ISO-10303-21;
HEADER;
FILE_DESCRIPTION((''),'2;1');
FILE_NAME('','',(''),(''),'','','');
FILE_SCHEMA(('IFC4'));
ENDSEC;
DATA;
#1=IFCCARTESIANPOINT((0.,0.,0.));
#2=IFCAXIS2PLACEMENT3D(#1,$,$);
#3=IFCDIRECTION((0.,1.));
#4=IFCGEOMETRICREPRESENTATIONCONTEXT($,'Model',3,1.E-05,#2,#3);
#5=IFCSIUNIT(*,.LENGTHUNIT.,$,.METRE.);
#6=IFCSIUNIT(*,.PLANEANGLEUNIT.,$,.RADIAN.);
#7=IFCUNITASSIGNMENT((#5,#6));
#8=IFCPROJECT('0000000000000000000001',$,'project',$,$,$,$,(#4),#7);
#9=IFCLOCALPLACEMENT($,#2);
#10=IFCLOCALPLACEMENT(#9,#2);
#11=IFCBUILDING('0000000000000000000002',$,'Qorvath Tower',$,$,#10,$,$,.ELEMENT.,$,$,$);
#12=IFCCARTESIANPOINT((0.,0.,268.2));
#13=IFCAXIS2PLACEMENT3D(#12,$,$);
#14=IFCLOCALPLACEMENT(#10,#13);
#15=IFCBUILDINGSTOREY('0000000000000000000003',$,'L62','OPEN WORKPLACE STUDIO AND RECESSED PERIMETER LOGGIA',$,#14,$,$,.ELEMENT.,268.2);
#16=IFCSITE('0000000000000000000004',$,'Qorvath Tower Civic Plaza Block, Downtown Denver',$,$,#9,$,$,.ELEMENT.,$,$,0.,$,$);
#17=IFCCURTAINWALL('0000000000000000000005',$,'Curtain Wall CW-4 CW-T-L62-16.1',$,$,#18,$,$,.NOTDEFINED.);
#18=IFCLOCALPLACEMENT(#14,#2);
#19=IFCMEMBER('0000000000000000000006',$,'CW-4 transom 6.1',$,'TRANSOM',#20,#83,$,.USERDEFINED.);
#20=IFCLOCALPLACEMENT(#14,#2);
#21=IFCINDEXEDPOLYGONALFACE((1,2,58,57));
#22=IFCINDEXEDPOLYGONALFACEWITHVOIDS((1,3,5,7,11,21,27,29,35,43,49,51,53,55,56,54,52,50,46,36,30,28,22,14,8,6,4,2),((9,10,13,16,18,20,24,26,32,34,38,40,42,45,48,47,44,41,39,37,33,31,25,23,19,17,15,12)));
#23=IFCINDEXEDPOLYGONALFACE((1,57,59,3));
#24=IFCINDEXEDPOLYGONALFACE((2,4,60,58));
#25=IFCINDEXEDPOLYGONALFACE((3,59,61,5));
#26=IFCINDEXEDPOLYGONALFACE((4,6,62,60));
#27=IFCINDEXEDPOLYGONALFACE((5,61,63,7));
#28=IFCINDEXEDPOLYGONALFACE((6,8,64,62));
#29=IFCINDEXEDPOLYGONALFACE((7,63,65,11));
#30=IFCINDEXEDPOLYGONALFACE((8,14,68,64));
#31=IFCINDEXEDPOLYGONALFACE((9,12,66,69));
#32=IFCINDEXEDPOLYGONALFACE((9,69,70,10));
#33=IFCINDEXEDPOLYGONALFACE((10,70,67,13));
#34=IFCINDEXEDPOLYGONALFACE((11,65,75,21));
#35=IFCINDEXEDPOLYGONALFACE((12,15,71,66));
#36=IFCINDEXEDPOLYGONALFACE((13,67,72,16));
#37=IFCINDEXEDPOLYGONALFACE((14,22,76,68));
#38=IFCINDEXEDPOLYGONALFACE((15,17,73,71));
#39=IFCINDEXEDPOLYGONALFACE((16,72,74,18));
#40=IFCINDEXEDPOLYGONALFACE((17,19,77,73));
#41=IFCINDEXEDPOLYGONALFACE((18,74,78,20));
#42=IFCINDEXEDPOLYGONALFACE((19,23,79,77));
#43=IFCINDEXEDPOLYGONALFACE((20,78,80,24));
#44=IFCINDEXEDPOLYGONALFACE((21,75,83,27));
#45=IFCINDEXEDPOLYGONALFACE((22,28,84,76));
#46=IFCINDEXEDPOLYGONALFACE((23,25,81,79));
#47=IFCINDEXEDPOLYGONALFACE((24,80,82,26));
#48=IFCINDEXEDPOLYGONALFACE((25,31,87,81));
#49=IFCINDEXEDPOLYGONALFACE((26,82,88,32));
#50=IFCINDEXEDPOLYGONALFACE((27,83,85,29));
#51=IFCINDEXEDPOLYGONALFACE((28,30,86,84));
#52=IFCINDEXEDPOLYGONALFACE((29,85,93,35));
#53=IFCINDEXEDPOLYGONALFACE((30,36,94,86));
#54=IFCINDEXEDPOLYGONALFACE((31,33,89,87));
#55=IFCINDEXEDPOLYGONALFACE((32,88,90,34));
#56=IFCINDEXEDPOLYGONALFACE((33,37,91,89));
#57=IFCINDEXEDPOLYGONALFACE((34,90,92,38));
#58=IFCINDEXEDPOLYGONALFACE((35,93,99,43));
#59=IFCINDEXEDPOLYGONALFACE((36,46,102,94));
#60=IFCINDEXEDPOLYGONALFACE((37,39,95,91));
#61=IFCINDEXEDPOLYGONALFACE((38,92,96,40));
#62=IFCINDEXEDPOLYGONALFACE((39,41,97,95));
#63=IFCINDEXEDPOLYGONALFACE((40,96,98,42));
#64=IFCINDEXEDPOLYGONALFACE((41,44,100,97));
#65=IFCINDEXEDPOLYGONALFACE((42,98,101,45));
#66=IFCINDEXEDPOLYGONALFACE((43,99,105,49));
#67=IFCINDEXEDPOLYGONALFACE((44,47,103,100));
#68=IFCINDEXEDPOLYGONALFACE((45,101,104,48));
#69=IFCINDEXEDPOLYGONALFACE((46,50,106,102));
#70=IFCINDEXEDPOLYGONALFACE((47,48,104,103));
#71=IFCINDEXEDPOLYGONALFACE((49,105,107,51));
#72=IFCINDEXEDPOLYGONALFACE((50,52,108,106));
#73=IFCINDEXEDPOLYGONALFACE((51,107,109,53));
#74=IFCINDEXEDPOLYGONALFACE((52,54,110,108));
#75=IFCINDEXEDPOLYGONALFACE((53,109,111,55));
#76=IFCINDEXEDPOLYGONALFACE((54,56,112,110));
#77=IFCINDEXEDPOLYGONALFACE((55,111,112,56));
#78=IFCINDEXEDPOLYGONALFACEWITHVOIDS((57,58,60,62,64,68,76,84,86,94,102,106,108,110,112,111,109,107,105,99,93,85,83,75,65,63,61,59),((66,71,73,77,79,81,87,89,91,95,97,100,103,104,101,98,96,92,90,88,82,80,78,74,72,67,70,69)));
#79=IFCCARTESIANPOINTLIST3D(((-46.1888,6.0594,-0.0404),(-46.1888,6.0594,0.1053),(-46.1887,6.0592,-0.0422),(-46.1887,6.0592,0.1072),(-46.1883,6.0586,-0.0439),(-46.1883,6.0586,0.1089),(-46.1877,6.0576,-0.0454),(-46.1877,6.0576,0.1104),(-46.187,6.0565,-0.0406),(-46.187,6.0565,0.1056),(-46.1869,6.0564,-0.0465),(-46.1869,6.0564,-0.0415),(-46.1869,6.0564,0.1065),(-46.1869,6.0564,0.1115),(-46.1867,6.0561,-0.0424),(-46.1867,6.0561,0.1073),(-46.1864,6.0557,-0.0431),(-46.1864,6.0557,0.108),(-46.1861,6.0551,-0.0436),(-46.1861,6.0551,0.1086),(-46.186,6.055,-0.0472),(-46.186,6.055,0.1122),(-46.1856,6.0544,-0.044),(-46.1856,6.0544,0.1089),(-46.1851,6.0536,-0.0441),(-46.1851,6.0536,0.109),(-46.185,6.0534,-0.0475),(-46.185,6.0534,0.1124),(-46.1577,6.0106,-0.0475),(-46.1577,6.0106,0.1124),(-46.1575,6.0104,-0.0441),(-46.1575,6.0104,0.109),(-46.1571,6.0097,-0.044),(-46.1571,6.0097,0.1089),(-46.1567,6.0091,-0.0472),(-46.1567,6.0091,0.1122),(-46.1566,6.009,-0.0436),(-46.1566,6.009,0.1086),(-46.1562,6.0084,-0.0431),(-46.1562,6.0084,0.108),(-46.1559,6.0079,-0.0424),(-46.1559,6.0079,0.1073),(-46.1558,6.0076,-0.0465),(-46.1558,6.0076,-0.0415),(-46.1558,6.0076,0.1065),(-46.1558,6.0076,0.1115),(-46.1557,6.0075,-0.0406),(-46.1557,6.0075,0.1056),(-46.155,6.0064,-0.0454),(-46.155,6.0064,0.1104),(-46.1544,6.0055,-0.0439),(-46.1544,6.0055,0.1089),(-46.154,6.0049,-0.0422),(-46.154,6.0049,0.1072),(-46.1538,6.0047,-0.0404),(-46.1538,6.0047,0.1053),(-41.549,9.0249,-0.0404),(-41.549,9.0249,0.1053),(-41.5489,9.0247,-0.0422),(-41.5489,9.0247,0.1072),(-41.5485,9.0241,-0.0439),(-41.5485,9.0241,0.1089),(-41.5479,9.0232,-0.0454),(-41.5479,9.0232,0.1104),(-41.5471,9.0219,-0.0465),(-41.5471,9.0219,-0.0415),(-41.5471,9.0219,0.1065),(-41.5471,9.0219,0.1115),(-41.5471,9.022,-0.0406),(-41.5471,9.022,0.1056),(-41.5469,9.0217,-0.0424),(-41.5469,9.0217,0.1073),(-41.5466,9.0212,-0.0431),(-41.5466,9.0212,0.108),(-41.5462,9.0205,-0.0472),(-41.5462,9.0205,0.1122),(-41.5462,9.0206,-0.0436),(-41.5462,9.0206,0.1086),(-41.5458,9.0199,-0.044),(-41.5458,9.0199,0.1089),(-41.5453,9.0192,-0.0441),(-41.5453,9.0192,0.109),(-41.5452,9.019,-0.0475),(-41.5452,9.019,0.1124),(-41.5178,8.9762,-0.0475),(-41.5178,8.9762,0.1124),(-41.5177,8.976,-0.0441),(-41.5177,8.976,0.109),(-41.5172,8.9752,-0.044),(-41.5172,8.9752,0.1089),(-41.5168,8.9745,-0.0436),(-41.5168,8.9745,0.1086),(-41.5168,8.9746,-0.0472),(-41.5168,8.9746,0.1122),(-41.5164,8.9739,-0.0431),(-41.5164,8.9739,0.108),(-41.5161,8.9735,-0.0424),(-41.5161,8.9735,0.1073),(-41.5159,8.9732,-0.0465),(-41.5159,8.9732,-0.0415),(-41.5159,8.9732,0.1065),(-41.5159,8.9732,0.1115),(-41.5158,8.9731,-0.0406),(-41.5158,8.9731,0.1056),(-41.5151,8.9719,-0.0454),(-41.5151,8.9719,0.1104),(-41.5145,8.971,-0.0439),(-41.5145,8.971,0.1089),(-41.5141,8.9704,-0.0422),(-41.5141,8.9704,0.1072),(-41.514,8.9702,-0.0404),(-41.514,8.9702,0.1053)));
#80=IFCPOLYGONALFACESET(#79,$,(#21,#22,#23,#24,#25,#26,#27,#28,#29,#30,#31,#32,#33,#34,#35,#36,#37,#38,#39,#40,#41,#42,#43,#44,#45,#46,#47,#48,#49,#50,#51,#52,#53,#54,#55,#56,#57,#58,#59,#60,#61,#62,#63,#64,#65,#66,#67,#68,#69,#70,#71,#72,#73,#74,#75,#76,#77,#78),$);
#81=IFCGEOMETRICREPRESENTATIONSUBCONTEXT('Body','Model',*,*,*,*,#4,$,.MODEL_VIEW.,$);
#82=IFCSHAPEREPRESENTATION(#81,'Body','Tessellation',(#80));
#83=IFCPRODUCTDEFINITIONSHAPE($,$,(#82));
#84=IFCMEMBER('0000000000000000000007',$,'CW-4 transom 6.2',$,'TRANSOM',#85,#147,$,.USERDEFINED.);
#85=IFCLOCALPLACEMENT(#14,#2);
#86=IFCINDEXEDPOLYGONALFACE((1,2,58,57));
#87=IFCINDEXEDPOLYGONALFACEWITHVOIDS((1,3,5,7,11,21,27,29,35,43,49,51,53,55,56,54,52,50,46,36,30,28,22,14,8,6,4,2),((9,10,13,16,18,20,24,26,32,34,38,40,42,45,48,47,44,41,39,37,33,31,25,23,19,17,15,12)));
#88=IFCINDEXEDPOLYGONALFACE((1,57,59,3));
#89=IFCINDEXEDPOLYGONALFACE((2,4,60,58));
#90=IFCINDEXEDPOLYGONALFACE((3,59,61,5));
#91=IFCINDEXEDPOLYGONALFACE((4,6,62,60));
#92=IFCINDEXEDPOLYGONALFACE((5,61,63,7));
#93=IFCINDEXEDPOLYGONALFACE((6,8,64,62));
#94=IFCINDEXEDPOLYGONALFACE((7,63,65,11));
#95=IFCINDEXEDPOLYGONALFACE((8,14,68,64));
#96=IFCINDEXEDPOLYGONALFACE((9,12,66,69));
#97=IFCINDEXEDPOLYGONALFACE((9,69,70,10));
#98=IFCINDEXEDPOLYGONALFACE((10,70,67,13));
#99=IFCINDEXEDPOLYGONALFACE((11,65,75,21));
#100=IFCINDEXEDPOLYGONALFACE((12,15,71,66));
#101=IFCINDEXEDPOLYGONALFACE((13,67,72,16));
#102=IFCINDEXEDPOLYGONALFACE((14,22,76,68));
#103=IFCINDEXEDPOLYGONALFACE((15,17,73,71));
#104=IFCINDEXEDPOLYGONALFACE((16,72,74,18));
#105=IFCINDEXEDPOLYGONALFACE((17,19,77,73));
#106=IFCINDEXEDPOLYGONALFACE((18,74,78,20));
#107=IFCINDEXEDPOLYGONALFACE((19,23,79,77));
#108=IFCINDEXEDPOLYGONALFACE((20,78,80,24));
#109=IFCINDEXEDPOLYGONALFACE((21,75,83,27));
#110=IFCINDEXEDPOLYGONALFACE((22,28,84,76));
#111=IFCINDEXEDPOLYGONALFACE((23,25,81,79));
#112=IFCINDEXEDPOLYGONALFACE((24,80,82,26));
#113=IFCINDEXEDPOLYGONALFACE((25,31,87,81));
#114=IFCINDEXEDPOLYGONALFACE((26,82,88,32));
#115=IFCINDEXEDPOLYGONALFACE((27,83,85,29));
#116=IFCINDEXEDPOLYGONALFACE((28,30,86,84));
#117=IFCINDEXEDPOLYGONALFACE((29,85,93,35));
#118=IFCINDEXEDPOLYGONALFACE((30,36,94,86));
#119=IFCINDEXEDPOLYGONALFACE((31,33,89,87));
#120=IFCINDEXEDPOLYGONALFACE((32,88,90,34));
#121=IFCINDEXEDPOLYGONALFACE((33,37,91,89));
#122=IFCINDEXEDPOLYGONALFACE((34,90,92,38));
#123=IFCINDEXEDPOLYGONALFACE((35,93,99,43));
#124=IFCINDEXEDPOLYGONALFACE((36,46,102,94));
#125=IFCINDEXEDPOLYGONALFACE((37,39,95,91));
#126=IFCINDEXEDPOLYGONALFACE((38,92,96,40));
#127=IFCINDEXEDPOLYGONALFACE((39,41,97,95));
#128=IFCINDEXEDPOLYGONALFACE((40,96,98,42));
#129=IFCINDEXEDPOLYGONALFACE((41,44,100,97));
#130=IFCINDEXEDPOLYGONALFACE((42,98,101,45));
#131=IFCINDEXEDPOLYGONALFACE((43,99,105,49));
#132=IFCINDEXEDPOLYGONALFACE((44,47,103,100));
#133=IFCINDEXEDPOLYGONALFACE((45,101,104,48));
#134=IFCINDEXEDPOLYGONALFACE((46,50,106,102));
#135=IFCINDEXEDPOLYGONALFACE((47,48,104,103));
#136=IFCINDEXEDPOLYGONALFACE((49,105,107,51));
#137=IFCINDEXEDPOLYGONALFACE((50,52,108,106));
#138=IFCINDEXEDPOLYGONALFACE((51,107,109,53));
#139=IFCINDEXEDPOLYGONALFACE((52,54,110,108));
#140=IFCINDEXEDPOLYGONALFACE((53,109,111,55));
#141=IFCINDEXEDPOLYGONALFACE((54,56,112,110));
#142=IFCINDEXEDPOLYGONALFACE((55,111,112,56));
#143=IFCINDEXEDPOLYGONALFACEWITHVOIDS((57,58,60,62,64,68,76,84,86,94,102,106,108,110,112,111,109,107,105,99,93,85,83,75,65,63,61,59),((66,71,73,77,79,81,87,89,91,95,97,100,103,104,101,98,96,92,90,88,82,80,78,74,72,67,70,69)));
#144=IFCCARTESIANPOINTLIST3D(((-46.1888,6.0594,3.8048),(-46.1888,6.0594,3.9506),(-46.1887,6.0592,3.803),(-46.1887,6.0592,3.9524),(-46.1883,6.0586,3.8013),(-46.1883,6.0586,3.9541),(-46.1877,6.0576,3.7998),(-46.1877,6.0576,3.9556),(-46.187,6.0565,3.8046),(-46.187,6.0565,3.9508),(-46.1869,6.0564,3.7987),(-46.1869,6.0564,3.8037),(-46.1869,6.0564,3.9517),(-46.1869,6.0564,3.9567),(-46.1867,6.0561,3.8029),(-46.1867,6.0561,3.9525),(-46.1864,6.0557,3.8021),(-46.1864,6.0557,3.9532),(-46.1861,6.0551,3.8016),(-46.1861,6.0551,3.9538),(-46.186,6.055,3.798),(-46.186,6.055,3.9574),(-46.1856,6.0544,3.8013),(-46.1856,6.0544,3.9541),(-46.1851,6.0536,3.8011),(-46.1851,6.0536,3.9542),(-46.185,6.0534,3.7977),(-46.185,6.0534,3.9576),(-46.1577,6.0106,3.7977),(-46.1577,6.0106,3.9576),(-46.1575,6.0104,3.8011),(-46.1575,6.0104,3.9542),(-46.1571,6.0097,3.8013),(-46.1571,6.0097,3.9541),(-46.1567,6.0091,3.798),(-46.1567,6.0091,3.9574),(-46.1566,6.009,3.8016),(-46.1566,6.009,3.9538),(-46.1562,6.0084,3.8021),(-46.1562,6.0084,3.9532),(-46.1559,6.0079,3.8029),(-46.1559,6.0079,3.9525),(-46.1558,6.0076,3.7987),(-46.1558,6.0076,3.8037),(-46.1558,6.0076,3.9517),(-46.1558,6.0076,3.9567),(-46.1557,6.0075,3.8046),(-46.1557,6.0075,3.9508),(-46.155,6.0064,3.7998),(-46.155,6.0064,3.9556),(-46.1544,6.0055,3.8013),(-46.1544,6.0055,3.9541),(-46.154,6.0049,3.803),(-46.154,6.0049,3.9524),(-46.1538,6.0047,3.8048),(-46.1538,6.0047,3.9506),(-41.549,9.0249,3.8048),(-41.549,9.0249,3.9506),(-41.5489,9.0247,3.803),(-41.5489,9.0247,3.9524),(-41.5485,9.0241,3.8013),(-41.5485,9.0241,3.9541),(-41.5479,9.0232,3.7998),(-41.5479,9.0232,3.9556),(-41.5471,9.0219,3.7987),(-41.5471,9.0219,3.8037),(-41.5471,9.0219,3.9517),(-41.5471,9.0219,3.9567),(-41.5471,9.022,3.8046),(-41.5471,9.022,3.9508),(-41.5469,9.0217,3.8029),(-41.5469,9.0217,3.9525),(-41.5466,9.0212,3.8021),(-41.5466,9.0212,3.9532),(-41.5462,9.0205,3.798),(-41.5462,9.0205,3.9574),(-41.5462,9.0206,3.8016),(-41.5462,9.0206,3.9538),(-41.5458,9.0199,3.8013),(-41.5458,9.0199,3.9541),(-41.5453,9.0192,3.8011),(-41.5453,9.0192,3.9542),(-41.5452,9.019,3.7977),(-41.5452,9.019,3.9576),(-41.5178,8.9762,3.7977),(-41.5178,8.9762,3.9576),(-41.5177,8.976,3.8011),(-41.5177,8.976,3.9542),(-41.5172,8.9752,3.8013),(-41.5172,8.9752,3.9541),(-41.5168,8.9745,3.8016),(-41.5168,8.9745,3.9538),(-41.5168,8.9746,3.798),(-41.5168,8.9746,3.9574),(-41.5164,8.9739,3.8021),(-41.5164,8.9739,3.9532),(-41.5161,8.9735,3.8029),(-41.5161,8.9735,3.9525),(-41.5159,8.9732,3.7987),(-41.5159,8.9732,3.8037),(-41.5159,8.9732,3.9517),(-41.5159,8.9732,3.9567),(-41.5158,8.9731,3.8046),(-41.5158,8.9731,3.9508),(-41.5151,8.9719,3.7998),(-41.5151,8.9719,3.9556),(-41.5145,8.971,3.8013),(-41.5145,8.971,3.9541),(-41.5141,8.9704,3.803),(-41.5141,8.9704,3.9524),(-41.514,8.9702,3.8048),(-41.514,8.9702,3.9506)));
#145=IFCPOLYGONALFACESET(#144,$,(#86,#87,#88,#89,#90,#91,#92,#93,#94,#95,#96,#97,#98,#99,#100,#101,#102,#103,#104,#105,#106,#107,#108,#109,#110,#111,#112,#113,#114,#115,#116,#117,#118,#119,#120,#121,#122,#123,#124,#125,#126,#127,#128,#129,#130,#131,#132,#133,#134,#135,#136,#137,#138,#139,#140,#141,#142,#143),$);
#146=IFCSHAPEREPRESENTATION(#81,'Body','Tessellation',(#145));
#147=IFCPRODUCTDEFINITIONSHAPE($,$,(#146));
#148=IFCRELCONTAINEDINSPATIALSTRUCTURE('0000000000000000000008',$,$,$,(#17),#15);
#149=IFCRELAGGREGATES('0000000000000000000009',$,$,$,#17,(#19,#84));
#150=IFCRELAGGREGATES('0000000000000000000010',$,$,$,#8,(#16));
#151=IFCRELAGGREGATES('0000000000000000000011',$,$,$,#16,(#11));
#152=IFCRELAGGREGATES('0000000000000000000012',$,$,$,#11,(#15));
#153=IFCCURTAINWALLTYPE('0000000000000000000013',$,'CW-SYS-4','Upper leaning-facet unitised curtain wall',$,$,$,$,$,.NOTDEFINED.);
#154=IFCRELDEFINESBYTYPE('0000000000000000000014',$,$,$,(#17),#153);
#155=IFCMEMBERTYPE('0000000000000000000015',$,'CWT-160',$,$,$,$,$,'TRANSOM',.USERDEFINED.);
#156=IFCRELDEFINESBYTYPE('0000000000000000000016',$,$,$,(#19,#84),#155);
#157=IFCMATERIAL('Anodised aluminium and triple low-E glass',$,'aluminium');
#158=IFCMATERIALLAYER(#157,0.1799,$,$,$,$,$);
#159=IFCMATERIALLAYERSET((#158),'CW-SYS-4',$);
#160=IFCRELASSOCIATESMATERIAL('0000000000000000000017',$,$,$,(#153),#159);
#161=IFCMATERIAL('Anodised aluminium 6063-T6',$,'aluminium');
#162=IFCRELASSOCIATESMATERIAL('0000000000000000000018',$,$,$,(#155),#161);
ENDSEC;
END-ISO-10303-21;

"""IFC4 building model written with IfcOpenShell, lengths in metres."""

from ifc_helpers import new_model, si_unit, direction, frame, origin, origin_2d, place, context, subcontext, project, spatial, hollow_rectangle, extrude, material, layer, layer_set, material_profile, profile_set, type_object, element, aggregate, save


model = new_model("IFC4")

# Units and contexts
model_context = context("Model", 3, precision=1e-05, world=origin(), true_north=direction((0.0, 1.0)))
body_context = subcontext(model_context, "Body", "Model", "MODEL_VIEW")
ifc_project = project(units=[si_unit("LENGTHUNIT", "METRE"), si_unit("PLANEANGLEUNIT", "RADIAN")], contexts=[model_context])

# Site, building, storey
site_placement = place(None, origin())
site = spatial("IfcSite", under=ifc_project, at=site_placement, Name="Qorvath Tower Civic Plaza Block, Downtown Denver", CompositionType="ELEMENT", RefElevation=0.0)
building_placement = place(site_placement, origin())
building = spatial("IfcBuilding", under=site, at=building_placement, Name="Qorvath Tower", CompositionType="ELEMENT")
storey_placement = place(building_placement, frame((0.0, 0.0, 268.2)))
storey = spatial("IfcBuildingStorey", under=building, at=storey_placement, Name="L62", Description="OPEN WORKPLACE STUDIO AND RECESSED PERIMETER LOGGIA", CompositionType="ELEMENT", Elevation=268.2)

# Curtain wall, members
ifc_material_1 = material(Name="Anodised aluminium and triple low-E glass", Category="aluminium")
ifc_layer_1 = layer(ifc_material_1, 0.1799)
ifc_layer_set_1 = layer_set([ifc_layer_1], Name="CW-SYS-4")
curtain_wall_type = type_object("IfcCurtainWallType", Name="CW-SYS-4", Description="Upper leaning-facet unitised curtain wall", PredefinedType="NOTDEFINED", material=ifc_layer_set_1)
curtain_wall_placement = place(storey_placement, origin())
curtain_wall = element("IfcCurtainWall", 1, at=curtain_wall_placement, inside=storey, type_object=curtain_wall_type, Name="Curtain Wall CW-4 CW-T-L62-16.1", PredefinedType="NOTDEFINED")
ifc_material_2 = material(Name="Anodised aluminium 6063-T6", Category="aluminium")
ifc_material_profile_1 = material_profile(ifc_material_2, hollow_rectangle(XDim=0.0649, YDim=0.1599, WallThickness=0.0034, InnerFilletRadius=0.0034, OuterFilletRadius=0.0071, at=origin_2d()), Name="CWT 160x65")
ifc_profile_set_1 = profile_set([ifc_material_profile_1], Name="Anodised aluminium 6063-T6")
member_type_1 = type_object("IfcMemberType", Name="CWT-160", ElementType="TRANSOM", PredefinedType="USERDEFINED", material=ifc_profile_set_1)
member_1_placement = place(storey_placement, frame((-41.5315, 8.9976, 0.0325), z_axis=(-0.842597, -0.538544, 0.0), x_axis=(0.538544, -0.842597, 0.0)))
member_1 = element("IfcMember", 2, at=member_1_placement, type_object=member_type_1, Name="CW-4 transom 6.1", ObjectType="TRANSOM", PredefinedType="USERDEFINED", context=body_context, shape_type="SweptSolid", body=[
    extrude(hollow_rectangle(XDim=0.0649, YDim=0.1599, WallThickness=0.0034, InnerFilletRadius=0.0034, OuterFilletRadius=0.0071, at=origin_2d()), origin(), (0.0, 0.0, 1.0), 5.5066),
])
member_2_placement = place(storey_placement, frame((-41.5315, 8.9976, 3.8777), z_axis=(-0.842597, -0.538544, 0.0), x_axis=(0.538544, -0.842597, 0.0)))
member_2 = element("IfcMember", 3, at=member_2_placement, type_object=member_type_1, Name="CW-4 transom 6.2", ObjectType="TRANSOM", PredefinedType="USERDEFINED", context=body_context, shape_type="SweptSolid", body=[
    extrude(hollow_rectangle(XDim=0.0649, YDim=0.1599, WallThickness=0.0034, InnerFilletRadius=0.0034, OuterFilletRadius=0.0071, at=origin_2d()), origin(), (0.0, 0.0, 1.0), 5.5066),
])
aggregate(curtain_wall, [member_1, member_2])

save(model, "model.ifc")
